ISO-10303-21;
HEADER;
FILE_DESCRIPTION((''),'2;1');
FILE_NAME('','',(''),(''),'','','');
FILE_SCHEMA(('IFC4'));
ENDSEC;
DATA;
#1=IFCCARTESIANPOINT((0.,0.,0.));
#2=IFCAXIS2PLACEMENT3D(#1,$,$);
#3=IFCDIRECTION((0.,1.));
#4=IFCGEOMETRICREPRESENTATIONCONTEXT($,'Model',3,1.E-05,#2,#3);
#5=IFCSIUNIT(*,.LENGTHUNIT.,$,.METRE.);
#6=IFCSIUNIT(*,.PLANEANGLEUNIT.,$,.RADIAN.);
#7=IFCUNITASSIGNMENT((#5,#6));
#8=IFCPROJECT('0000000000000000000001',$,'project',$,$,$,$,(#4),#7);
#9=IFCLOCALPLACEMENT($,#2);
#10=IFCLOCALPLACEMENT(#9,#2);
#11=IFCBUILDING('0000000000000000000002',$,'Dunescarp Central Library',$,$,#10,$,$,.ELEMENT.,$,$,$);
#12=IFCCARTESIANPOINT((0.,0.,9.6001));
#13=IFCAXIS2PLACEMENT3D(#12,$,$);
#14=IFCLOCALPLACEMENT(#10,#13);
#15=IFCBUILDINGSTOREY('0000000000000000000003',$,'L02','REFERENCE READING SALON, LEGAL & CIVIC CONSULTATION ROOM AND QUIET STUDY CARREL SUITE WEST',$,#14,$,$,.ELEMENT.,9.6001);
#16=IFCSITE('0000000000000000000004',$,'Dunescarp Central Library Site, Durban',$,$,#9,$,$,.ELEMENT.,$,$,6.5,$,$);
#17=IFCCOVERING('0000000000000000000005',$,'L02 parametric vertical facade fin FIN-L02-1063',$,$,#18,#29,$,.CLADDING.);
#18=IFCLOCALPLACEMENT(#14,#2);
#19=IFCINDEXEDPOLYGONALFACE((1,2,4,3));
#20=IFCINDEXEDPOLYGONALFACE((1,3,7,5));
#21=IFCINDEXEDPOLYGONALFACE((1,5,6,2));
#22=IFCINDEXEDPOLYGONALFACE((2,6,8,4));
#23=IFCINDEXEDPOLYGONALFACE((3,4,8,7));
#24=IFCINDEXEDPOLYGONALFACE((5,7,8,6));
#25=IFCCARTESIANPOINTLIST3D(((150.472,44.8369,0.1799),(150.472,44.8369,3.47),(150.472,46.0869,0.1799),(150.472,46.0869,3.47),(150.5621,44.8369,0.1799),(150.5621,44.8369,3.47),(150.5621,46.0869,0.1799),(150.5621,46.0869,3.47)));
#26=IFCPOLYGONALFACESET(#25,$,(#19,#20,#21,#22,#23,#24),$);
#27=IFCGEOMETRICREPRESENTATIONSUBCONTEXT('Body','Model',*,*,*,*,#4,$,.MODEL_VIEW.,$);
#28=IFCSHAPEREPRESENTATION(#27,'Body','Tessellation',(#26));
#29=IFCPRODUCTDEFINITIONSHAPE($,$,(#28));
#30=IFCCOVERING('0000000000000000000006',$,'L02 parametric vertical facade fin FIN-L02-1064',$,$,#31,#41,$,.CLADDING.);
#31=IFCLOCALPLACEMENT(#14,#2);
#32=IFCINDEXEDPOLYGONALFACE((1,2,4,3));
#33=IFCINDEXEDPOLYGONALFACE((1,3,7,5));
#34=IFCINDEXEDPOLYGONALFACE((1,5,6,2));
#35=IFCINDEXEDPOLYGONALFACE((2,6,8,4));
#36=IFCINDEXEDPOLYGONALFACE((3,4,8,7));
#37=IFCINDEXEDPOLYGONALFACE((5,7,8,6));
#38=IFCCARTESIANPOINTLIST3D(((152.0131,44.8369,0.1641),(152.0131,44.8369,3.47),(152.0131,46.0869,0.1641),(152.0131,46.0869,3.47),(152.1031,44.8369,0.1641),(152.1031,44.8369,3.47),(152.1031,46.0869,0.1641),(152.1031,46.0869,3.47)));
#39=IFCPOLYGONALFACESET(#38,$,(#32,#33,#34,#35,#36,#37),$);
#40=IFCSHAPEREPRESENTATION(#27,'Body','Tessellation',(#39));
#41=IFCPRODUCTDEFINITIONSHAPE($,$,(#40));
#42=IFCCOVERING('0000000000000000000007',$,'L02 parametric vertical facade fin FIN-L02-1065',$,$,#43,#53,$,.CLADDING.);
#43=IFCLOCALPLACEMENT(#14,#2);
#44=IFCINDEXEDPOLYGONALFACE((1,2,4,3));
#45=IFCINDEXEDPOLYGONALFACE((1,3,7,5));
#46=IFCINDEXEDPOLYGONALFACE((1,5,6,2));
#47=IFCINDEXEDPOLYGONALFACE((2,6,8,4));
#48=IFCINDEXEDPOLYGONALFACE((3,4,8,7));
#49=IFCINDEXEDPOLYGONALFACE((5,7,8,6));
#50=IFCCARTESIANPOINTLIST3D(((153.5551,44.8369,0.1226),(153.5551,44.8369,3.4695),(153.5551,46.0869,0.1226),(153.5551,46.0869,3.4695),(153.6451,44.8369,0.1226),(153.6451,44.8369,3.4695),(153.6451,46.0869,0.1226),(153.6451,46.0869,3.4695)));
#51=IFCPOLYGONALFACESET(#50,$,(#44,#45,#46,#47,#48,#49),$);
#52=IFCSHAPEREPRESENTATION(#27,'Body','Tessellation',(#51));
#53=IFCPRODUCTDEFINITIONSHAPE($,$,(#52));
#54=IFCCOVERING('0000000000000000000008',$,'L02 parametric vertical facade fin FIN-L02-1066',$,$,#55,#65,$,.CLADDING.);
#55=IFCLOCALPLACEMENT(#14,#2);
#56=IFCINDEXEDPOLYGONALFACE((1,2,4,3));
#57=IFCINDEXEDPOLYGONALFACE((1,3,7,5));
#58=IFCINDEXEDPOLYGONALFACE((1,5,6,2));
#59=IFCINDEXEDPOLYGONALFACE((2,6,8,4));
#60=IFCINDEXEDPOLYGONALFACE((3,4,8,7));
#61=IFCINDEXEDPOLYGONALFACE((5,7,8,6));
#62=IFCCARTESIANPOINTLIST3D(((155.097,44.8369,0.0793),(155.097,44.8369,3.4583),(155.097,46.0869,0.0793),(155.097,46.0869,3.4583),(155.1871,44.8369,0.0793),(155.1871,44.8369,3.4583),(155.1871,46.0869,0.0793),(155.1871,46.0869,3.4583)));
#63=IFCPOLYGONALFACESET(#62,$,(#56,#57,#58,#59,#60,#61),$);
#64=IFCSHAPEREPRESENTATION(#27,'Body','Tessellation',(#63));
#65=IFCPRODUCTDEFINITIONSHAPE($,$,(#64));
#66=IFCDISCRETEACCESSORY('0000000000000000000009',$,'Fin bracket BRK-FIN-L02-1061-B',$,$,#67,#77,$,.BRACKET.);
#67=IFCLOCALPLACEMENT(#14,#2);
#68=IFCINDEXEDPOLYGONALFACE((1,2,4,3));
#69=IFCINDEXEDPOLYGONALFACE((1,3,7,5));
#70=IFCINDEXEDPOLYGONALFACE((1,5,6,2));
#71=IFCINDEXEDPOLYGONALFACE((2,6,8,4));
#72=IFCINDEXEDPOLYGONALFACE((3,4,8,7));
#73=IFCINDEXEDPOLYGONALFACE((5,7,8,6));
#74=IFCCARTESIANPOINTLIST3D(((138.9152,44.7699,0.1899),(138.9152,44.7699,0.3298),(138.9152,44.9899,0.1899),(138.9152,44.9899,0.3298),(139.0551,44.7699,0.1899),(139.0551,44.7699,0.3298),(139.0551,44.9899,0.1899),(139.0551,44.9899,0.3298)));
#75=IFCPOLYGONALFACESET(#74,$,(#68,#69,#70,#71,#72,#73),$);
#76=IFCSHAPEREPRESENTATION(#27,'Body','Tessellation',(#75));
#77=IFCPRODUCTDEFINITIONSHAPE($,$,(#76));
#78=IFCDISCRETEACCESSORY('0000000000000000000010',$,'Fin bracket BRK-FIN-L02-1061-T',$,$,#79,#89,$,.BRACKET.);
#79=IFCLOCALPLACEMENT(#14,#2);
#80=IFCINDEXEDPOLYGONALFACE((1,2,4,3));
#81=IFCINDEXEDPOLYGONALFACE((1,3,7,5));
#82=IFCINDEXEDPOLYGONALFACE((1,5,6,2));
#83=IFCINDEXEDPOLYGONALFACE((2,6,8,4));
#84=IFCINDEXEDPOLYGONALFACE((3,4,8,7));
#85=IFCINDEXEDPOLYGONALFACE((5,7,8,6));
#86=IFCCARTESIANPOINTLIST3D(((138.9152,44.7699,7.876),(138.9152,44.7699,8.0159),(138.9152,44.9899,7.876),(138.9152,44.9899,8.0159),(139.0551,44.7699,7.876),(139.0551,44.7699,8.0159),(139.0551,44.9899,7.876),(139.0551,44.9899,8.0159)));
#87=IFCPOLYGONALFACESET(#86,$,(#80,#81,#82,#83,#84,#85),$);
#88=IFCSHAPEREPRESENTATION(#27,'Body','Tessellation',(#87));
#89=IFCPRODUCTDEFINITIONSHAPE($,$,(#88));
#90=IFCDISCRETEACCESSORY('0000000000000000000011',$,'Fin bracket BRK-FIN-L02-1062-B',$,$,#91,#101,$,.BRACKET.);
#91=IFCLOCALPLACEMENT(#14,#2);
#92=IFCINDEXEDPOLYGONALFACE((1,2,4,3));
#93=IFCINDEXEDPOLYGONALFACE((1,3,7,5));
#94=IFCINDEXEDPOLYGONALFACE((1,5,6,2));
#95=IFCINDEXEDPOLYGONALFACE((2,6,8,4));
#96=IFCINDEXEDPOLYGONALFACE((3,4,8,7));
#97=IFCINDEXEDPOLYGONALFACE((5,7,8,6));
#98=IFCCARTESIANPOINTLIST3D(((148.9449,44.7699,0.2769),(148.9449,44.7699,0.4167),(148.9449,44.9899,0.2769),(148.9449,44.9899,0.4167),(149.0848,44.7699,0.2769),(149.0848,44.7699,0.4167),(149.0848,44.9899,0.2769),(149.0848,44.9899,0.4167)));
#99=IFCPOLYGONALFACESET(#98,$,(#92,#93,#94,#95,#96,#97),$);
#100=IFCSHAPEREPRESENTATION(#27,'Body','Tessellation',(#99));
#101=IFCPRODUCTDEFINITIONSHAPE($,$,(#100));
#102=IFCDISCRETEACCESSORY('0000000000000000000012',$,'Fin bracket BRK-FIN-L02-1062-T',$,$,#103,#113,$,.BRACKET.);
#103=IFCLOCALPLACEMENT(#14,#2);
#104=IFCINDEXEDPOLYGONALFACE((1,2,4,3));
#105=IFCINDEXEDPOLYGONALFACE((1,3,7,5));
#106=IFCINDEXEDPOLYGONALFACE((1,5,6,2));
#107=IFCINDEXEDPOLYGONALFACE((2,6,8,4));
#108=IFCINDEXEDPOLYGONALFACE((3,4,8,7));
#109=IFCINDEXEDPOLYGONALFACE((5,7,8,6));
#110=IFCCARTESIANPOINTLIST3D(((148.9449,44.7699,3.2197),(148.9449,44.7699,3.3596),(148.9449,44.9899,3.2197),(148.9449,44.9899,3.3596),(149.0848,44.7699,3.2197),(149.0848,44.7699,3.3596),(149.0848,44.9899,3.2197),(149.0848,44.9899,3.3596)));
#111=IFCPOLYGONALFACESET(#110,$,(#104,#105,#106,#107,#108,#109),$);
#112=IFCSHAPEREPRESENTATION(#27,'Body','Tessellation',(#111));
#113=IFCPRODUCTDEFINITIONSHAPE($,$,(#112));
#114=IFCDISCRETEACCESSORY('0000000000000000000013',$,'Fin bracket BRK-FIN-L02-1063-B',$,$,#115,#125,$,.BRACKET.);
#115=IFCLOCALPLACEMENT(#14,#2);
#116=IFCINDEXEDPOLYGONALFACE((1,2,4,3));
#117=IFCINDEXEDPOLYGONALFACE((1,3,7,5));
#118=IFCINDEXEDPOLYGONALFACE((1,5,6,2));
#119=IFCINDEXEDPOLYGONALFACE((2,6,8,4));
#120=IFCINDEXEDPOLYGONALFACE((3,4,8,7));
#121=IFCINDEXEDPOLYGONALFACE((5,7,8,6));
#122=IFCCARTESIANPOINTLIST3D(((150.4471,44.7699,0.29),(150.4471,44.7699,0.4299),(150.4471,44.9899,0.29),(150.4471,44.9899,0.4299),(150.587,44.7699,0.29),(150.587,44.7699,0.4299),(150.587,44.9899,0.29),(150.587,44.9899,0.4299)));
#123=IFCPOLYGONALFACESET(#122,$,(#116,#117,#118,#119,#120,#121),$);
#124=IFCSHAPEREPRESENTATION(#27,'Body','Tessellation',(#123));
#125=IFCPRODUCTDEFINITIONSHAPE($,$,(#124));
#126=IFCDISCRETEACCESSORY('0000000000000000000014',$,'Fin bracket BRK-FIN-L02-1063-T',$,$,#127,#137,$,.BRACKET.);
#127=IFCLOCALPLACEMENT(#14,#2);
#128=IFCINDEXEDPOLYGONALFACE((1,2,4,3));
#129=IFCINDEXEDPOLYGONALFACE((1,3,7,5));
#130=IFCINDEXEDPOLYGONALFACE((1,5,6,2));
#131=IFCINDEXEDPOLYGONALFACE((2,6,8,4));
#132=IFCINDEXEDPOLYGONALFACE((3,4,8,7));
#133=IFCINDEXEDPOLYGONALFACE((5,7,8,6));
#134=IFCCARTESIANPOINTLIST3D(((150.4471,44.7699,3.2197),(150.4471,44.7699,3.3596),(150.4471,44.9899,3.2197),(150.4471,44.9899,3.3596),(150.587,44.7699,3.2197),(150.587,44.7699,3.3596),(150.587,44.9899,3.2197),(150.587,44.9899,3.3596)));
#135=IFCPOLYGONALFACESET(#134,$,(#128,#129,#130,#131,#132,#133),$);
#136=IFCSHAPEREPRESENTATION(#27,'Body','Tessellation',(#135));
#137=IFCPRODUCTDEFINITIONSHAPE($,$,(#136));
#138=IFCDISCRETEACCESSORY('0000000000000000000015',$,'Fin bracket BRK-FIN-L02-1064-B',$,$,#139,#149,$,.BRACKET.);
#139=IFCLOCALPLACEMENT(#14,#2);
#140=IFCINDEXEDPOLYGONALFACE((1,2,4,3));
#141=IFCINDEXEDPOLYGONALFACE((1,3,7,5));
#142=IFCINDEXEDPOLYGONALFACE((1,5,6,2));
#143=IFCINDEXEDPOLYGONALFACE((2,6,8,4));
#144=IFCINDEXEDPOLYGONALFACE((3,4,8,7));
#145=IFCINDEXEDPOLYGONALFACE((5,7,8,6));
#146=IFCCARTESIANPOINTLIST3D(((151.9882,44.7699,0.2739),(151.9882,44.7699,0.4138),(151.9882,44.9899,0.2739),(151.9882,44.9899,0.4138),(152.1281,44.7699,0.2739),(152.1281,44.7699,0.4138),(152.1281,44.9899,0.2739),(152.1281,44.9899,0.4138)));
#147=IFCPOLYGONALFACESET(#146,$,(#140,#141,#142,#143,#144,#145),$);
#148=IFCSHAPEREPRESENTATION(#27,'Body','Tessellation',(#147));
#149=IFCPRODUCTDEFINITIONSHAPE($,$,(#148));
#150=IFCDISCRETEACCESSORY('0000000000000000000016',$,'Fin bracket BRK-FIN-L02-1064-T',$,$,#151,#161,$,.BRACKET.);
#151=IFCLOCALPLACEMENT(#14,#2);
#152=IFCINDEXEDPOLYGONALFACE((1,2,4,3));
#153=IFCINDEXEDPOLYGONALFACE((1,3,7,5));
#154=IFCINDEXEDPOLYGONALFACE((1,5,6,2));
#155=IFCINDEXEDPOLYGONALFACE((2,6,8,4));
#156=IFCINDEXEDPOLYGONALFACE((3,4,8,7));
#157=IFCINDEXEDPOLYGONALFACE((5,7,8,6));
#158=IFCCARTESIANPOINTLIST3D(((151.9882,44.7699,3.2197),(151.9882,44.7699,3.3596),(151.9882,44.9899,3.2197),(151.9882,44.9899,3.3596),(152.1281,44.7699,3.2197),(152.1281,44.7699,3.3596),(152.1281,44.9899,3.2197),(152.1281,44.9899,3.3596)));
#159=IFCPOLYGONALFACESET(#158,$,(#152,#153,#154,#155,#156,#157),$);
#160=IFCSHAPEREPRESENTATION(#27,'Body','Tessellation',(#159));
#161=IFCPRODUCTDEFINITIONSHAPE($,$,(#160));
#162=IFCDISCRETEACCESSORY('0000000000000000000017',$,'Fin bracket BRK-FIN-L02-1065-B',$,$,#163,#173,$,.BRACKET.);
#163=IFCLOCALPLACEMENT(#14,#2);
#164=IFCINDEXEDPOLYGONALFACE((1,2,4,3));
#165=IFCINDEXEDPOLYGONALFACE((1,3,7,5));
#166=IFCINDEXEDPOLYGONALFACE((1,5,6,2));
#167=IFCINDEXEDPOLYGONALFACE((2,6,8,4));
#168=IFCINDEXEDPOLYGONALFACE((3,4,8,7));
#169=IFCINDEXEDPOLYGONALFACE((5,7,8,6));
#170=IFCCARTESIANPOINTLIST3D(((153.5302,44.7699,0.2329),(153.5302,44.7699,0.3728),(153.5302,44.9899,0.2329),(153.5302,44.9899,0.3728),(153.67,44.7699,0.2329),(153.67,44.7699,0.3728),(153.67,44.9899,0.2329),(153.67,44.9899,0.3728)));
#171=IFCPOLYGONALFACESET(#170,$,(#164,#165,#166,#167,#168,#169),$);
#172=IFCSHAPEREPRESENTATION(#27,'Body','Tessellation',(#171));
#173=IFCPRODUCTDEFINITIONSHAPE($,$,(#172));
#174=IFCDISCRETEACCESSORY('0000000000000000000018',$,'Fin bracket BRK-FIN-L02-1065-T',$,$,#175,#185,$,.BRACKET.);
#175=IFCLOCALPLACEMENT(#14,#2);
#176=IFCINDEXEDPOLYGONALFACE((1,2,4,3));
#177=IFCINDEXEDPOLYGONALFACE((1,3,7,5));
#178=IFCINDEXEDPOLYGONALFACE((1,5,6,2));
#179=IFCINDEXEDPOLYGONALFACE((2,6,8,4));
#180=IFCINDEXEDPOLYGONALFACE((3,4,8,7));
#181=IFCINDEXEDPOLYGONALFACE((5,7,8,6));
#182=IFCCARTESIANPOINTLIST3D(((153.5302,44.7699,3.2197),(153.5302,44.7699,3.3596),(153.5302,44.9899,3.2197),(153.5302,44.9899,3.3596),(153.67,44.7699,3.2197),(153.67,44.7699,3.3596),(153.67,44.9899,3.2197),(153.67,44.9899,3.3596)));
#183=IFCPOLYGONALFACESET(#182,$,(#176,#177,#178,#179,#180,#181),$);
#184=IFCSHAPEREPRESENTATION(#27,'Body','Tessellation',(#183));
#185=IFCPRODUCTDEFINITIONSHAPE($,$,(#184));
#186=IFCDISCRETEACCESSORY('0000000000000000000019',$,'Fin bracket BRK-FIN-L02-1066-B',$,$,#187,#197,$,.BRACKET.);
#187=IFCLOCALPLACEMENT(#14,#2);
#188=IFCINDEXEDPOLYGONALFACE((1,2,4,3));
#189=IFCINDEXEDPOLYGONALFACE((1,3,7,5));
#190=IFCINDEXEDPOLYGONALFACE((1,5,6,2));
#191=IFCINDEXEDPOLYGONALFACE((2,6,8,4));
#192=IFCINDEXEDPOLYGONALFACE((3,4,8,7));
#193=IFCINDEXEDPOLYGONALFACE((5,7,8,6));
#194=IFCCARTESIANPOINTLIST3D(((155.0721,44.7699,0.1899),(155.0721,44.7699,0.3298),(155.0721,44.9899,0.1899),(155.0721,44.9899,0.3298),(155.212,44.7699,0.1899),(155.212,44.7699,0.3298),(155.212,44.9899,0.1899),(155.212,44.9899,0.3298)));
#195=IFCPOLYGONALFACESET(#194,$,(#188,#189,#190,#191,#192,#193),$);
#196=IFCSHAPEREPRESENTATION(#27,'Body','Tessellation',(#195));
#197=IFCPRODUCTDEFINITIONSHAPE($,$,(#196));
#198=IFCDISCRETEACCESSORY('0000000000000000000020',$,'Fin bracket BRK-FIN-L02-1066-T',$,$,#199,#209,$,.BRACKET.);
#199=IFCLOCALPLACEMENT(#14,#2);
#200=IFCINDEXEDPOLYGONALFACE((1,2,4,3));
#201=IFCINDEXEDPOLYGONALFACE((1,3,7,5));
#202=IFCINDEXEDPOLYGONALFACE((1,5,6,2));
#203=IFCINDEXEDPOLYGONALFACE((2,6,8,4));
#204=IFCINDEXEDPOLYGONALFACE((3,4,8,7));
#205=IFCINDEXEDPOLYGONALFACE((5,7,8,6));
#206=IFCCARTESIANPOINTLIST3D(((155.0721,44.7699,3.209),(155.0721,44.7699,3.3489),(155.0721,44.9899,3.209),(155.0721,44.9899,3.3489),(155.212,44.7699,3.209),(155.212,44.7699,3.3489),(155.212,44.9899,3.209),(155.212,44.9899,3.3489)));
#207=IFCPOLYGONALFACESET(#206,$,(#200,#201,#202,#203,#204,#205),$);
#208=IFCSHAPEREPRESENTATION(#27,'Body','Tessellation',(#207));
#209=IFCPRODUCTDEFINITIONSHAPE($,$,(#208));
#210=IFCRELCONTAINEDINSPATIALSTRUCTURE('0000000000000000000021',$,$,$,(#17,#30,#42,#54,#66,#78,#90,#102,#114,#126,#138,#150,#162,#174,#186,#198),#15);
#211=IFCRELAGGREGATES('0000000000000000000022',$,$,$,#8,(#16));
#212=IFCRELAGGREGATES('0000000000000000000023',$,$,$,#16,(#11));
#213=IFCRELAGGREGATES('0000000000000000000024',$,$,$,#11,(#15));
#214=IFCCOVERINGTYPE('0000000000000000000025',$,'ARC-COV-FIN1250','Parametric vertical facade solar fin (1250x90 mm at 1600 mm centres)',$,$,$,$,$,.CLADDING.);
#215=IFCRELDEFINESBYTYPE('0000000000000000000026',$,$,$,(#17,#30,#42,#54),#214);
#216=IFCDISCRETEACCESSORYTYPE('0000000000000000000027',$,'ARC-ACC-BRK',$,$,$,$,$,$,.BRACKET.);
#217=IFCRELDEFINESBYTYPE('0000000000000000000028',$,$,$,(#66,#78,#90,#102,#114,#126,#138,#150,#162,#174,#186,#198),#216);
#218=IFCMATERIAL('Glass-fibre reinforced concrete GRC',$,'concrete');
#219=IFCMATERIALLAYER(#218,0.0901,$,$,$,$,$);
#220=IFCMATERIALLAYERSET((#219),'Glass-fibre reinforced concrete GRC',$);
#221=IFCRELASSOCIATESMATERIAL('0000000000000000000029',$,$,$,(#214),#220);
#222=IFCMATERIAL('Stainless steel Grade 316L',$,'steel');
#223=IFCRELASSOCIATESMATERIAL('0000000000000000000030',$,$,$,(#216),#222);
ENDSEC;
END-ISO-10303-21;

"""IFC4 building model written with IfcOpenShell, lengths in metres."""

from ifc_helpers import new_model, si_unit, direction, frame, origin, origin_2d, place, context, subcontext, project, spatial, rectangle, extrude, material, layer, layer_set, type_object, element, save


model = new_model("IFC4")

# Units and contexts
model_context = context("Model", 3, precision=1e-05, world=origin(), true_north=direction((0.0, 1.0)))
body_context = subcontext(model_context, "Body", "Model", "MODEL_VIEW")
ifc_project = project(units=[si_unit("LENGTHUNIT", "METRE"), si_unit("PLANEANGLEUNIT", "RADIAN")], contexts=[model_context])

# Site, building, storey
site_placement = place(None, origin())
site = spatial("IfcSite", under=ifc_project, at=site_placement, Name="Dunescarp Central Library Site, Durban", CompositionType="ELEMENT", RefElevation=6.5)
building_placement = place(site_placement, origin())
building = spatial("IfcBuilding", under=site, at=building_placement, Name="Dunescarp Central Library", CompositionType="ELEMENT")
storey_placement = place(building_placement, frame((0.0, 0.0, 9.6001)))
storey = spatial("IfcBuildingStorey", under=building, at=storey_placement, Name="L02", Description="REFERENCE READING SALON, LEGAL & CIVIC CONSULTATION ROOM AND QUIET STUDY CARREL SUITE WEST", CompositionType="ELEMENT", Elevation=9.6001)

# Coverings
ifc_material_1 = material(Name="Glass-fibre reinforced concrete GRC", Category="concrete")
ifc_layer = layer(ifc_material_1, 0.0901)
ifc_layer_set = layer_set([ifc_layer], Name="Glass-fibre reinforced concrete GRC")
covering_type = type_object("IfcCoveringType", Name="ARC-COV-FIN1250", Description="Parametric vertical facade solar fin (1250x90 mm at 1600 mm centres)", PredefinedType="CLADDING", material=ifc_layer_set)
covering_1_placement = place(storey_placement, frame((150.5171, 45.4619, 0.1799), z_axis=(0.0, 0.0, 1.0), x_axis=(0.0, 1.0, 0.0)))
element("IfcCovering", 1, at=covering_1_placement, inside=storey, type_object=covering_type, Name="L02 parametric vertical facade fin FIN-L02-1063", PredefinedType="CLADDING", context=body_context, shape_type="SweptSolid", body=[
    extrude(rectangle(XDim=1.25, YDim=0.0901, at=origin_2d()), origin(), (0.0, 0.0, 1.0), 3.29),
])
covering_2_placement = place(storey_placement, frame((152.0581, 45.4619, 0.1641), z_axis=(0.0, 0.0, 1.0), x_axis=(0.0, 1.0, 0.0)))
element("IfcCovering", 2, at=covering_2_placement, inside=storey, type_object=covering_type, Name="L02 parametric vertical facade fin FIN-L02-1064", PredefinedType="CLADDING", context=body_context, shape_type="SweptSolid", body=[
    extrude(rectangle(XDim=1.25, YDim=0.0901, at=origin_2d()), origin(), (0.0, 0.0, 1.0), 3.3059),
])
covering_3_placement = place(storey_placement, frame((153.6001, 45.4619, 0.1226), z_axis=(0.0, 0.0, 1.0), x_axis=(0.0, 1.0, 0.0)))
element("IfcCovering", 3, at=covering_3_placement, inside=storey, type_object=covering_type, Name="L02 parametric vertical facade fin FIN-L02-1065", PredefinedType="CLADDING", context=body_context, shape_type="SweptSolid", body=[
    extrude(rectangle(XDim=1.25, YDim=0.0901, at=origin_2d()), origin(), (0.0, 0.0, 1.0), 3.3469),
])
covering_4_placement = place(storey_placement, frame((155.1421, 45.4619, 0.0793), z_axis=(0.0, 0.0, 1.0), x_axis=(0.0, 1.0, 0.0)))
element("IfcCovering", 4, at=covering_4_placement, inside=storey, type_object=covering_type, Name="L02 parametric vertical facade fin FIN-L02-1066", PredefinedType="CLADDING", context=body_context, shape_type="SweptSolid", body=[
    extrude(rectangle(XDim=1.25, YDim=0.0901, at=origin_2d()), origin(), (0.0, 0.0, 1.0), 3.3789),
])

# Shared definitions
ifc_material_2 = material(Name="Stainless steel Grade 316L", Category="steel")

# Discrete accessories
discrete_accessory_type = type_object("IfcDiscreteAccessoryType", Name="ARC-ACC-BRK", PredefinedType="BRACKET", material=ifc_material_2)
for number, where, z_axis, x_axis, name in (
    (5, (138.9851, 44.8799, 0.1899), (0.0, 0.0, 1.0), (0.0, 1.0, 0.0), "Fin bracket BRK-FIN-L02-1061-B"),
    (6, (138.9851, 44.8799, 7.876), (0.0, 0.0, 1.0), (0.0, 1.0, 0.0), "Fin bracket BRK-FIN-L02-1061-T"),
    (7, (149.0149, 44.8799, 0.2769), (0.0, 0.0, 1.0), (0.0, 1.0, 0.0), "Fin bracket BRK-FIN-L02-1062-B"),
    (8, (149.0149, 44.8799, 3.2197), (0.0, 0.0, 1.0), (0.0, 1.0, 0.0), "Fin bracket BRK-FIN-L02-1062-T"),
    (9, (150.5171, 44.8799, 0.29), (0.0, 0.0, 1.0), (0.0, 1.0, 0.0), "Fin bracket BRK-FIN-L02-1063-B"),
    (10, (150.5171, 44.8799, 3.2197), (0.0, 0.0, 1.0), (0.0, 1.0, 0.0), "Fin bracket BRK-FIN-L02-1063-T"),
    (11, (152.0581, 44.8799, 0.2739), (0.0, 0.0, 1.0), (0.0, 1.0, 0.0), "Fin bracket BRK-FIN-L02-1064-B"),
    (12, (152.0581, 44.8799, 3.2197), (0.0, 0.0, 1.0), (0.0, 1.0, 0.0), "Fin bracket BRK-FIN-L02-1064-T"),
    (13, (153.6001, 44.8799, 0.2329), (0.0, 0.0, 1.0), (0.0, 1.0, 0.0), "Fin bracket BRK-FIN-L02-1065-B"),
    (14, (153.6001, 44.8799, 3.2197), (0.0, 0.0, 1.0), (0.0, 1.0, 0.0), "Fin bracket BRK-FIN-L02-1065-T"),
    (15, (155.1421, 44.8799, 0.1899), (0.0, 0.0, 1.0), (0.0, 1.0, 0.0), "Fin bracket BRK-FIN-L02-1066-B"),
    (16, (155.1421, 44.8799, 3.209), (0.0, 0.0, 1.0), (0.0, 1.0, 0.0), "Fin bracket BRK-FIN-L02-1066-T"),
):
    element("IfcDiscreteAccessory", number, at=place(storey_placement, frame(where, z_axis=z_axis, x_axis=x_axis)), inside=storey, type_object=discrete_accessory_type, Name=name, PredefinedType="BRACKET", context=body_context, shape_type="SweptSolid", body=[
        extrude(rectangle(XDim=0.22, YDim=0.1399, at=origin_2d()), origin(), (0.0, 0.0, 1.0), 0.1399),
    ])

save(model, "model.ifc")
